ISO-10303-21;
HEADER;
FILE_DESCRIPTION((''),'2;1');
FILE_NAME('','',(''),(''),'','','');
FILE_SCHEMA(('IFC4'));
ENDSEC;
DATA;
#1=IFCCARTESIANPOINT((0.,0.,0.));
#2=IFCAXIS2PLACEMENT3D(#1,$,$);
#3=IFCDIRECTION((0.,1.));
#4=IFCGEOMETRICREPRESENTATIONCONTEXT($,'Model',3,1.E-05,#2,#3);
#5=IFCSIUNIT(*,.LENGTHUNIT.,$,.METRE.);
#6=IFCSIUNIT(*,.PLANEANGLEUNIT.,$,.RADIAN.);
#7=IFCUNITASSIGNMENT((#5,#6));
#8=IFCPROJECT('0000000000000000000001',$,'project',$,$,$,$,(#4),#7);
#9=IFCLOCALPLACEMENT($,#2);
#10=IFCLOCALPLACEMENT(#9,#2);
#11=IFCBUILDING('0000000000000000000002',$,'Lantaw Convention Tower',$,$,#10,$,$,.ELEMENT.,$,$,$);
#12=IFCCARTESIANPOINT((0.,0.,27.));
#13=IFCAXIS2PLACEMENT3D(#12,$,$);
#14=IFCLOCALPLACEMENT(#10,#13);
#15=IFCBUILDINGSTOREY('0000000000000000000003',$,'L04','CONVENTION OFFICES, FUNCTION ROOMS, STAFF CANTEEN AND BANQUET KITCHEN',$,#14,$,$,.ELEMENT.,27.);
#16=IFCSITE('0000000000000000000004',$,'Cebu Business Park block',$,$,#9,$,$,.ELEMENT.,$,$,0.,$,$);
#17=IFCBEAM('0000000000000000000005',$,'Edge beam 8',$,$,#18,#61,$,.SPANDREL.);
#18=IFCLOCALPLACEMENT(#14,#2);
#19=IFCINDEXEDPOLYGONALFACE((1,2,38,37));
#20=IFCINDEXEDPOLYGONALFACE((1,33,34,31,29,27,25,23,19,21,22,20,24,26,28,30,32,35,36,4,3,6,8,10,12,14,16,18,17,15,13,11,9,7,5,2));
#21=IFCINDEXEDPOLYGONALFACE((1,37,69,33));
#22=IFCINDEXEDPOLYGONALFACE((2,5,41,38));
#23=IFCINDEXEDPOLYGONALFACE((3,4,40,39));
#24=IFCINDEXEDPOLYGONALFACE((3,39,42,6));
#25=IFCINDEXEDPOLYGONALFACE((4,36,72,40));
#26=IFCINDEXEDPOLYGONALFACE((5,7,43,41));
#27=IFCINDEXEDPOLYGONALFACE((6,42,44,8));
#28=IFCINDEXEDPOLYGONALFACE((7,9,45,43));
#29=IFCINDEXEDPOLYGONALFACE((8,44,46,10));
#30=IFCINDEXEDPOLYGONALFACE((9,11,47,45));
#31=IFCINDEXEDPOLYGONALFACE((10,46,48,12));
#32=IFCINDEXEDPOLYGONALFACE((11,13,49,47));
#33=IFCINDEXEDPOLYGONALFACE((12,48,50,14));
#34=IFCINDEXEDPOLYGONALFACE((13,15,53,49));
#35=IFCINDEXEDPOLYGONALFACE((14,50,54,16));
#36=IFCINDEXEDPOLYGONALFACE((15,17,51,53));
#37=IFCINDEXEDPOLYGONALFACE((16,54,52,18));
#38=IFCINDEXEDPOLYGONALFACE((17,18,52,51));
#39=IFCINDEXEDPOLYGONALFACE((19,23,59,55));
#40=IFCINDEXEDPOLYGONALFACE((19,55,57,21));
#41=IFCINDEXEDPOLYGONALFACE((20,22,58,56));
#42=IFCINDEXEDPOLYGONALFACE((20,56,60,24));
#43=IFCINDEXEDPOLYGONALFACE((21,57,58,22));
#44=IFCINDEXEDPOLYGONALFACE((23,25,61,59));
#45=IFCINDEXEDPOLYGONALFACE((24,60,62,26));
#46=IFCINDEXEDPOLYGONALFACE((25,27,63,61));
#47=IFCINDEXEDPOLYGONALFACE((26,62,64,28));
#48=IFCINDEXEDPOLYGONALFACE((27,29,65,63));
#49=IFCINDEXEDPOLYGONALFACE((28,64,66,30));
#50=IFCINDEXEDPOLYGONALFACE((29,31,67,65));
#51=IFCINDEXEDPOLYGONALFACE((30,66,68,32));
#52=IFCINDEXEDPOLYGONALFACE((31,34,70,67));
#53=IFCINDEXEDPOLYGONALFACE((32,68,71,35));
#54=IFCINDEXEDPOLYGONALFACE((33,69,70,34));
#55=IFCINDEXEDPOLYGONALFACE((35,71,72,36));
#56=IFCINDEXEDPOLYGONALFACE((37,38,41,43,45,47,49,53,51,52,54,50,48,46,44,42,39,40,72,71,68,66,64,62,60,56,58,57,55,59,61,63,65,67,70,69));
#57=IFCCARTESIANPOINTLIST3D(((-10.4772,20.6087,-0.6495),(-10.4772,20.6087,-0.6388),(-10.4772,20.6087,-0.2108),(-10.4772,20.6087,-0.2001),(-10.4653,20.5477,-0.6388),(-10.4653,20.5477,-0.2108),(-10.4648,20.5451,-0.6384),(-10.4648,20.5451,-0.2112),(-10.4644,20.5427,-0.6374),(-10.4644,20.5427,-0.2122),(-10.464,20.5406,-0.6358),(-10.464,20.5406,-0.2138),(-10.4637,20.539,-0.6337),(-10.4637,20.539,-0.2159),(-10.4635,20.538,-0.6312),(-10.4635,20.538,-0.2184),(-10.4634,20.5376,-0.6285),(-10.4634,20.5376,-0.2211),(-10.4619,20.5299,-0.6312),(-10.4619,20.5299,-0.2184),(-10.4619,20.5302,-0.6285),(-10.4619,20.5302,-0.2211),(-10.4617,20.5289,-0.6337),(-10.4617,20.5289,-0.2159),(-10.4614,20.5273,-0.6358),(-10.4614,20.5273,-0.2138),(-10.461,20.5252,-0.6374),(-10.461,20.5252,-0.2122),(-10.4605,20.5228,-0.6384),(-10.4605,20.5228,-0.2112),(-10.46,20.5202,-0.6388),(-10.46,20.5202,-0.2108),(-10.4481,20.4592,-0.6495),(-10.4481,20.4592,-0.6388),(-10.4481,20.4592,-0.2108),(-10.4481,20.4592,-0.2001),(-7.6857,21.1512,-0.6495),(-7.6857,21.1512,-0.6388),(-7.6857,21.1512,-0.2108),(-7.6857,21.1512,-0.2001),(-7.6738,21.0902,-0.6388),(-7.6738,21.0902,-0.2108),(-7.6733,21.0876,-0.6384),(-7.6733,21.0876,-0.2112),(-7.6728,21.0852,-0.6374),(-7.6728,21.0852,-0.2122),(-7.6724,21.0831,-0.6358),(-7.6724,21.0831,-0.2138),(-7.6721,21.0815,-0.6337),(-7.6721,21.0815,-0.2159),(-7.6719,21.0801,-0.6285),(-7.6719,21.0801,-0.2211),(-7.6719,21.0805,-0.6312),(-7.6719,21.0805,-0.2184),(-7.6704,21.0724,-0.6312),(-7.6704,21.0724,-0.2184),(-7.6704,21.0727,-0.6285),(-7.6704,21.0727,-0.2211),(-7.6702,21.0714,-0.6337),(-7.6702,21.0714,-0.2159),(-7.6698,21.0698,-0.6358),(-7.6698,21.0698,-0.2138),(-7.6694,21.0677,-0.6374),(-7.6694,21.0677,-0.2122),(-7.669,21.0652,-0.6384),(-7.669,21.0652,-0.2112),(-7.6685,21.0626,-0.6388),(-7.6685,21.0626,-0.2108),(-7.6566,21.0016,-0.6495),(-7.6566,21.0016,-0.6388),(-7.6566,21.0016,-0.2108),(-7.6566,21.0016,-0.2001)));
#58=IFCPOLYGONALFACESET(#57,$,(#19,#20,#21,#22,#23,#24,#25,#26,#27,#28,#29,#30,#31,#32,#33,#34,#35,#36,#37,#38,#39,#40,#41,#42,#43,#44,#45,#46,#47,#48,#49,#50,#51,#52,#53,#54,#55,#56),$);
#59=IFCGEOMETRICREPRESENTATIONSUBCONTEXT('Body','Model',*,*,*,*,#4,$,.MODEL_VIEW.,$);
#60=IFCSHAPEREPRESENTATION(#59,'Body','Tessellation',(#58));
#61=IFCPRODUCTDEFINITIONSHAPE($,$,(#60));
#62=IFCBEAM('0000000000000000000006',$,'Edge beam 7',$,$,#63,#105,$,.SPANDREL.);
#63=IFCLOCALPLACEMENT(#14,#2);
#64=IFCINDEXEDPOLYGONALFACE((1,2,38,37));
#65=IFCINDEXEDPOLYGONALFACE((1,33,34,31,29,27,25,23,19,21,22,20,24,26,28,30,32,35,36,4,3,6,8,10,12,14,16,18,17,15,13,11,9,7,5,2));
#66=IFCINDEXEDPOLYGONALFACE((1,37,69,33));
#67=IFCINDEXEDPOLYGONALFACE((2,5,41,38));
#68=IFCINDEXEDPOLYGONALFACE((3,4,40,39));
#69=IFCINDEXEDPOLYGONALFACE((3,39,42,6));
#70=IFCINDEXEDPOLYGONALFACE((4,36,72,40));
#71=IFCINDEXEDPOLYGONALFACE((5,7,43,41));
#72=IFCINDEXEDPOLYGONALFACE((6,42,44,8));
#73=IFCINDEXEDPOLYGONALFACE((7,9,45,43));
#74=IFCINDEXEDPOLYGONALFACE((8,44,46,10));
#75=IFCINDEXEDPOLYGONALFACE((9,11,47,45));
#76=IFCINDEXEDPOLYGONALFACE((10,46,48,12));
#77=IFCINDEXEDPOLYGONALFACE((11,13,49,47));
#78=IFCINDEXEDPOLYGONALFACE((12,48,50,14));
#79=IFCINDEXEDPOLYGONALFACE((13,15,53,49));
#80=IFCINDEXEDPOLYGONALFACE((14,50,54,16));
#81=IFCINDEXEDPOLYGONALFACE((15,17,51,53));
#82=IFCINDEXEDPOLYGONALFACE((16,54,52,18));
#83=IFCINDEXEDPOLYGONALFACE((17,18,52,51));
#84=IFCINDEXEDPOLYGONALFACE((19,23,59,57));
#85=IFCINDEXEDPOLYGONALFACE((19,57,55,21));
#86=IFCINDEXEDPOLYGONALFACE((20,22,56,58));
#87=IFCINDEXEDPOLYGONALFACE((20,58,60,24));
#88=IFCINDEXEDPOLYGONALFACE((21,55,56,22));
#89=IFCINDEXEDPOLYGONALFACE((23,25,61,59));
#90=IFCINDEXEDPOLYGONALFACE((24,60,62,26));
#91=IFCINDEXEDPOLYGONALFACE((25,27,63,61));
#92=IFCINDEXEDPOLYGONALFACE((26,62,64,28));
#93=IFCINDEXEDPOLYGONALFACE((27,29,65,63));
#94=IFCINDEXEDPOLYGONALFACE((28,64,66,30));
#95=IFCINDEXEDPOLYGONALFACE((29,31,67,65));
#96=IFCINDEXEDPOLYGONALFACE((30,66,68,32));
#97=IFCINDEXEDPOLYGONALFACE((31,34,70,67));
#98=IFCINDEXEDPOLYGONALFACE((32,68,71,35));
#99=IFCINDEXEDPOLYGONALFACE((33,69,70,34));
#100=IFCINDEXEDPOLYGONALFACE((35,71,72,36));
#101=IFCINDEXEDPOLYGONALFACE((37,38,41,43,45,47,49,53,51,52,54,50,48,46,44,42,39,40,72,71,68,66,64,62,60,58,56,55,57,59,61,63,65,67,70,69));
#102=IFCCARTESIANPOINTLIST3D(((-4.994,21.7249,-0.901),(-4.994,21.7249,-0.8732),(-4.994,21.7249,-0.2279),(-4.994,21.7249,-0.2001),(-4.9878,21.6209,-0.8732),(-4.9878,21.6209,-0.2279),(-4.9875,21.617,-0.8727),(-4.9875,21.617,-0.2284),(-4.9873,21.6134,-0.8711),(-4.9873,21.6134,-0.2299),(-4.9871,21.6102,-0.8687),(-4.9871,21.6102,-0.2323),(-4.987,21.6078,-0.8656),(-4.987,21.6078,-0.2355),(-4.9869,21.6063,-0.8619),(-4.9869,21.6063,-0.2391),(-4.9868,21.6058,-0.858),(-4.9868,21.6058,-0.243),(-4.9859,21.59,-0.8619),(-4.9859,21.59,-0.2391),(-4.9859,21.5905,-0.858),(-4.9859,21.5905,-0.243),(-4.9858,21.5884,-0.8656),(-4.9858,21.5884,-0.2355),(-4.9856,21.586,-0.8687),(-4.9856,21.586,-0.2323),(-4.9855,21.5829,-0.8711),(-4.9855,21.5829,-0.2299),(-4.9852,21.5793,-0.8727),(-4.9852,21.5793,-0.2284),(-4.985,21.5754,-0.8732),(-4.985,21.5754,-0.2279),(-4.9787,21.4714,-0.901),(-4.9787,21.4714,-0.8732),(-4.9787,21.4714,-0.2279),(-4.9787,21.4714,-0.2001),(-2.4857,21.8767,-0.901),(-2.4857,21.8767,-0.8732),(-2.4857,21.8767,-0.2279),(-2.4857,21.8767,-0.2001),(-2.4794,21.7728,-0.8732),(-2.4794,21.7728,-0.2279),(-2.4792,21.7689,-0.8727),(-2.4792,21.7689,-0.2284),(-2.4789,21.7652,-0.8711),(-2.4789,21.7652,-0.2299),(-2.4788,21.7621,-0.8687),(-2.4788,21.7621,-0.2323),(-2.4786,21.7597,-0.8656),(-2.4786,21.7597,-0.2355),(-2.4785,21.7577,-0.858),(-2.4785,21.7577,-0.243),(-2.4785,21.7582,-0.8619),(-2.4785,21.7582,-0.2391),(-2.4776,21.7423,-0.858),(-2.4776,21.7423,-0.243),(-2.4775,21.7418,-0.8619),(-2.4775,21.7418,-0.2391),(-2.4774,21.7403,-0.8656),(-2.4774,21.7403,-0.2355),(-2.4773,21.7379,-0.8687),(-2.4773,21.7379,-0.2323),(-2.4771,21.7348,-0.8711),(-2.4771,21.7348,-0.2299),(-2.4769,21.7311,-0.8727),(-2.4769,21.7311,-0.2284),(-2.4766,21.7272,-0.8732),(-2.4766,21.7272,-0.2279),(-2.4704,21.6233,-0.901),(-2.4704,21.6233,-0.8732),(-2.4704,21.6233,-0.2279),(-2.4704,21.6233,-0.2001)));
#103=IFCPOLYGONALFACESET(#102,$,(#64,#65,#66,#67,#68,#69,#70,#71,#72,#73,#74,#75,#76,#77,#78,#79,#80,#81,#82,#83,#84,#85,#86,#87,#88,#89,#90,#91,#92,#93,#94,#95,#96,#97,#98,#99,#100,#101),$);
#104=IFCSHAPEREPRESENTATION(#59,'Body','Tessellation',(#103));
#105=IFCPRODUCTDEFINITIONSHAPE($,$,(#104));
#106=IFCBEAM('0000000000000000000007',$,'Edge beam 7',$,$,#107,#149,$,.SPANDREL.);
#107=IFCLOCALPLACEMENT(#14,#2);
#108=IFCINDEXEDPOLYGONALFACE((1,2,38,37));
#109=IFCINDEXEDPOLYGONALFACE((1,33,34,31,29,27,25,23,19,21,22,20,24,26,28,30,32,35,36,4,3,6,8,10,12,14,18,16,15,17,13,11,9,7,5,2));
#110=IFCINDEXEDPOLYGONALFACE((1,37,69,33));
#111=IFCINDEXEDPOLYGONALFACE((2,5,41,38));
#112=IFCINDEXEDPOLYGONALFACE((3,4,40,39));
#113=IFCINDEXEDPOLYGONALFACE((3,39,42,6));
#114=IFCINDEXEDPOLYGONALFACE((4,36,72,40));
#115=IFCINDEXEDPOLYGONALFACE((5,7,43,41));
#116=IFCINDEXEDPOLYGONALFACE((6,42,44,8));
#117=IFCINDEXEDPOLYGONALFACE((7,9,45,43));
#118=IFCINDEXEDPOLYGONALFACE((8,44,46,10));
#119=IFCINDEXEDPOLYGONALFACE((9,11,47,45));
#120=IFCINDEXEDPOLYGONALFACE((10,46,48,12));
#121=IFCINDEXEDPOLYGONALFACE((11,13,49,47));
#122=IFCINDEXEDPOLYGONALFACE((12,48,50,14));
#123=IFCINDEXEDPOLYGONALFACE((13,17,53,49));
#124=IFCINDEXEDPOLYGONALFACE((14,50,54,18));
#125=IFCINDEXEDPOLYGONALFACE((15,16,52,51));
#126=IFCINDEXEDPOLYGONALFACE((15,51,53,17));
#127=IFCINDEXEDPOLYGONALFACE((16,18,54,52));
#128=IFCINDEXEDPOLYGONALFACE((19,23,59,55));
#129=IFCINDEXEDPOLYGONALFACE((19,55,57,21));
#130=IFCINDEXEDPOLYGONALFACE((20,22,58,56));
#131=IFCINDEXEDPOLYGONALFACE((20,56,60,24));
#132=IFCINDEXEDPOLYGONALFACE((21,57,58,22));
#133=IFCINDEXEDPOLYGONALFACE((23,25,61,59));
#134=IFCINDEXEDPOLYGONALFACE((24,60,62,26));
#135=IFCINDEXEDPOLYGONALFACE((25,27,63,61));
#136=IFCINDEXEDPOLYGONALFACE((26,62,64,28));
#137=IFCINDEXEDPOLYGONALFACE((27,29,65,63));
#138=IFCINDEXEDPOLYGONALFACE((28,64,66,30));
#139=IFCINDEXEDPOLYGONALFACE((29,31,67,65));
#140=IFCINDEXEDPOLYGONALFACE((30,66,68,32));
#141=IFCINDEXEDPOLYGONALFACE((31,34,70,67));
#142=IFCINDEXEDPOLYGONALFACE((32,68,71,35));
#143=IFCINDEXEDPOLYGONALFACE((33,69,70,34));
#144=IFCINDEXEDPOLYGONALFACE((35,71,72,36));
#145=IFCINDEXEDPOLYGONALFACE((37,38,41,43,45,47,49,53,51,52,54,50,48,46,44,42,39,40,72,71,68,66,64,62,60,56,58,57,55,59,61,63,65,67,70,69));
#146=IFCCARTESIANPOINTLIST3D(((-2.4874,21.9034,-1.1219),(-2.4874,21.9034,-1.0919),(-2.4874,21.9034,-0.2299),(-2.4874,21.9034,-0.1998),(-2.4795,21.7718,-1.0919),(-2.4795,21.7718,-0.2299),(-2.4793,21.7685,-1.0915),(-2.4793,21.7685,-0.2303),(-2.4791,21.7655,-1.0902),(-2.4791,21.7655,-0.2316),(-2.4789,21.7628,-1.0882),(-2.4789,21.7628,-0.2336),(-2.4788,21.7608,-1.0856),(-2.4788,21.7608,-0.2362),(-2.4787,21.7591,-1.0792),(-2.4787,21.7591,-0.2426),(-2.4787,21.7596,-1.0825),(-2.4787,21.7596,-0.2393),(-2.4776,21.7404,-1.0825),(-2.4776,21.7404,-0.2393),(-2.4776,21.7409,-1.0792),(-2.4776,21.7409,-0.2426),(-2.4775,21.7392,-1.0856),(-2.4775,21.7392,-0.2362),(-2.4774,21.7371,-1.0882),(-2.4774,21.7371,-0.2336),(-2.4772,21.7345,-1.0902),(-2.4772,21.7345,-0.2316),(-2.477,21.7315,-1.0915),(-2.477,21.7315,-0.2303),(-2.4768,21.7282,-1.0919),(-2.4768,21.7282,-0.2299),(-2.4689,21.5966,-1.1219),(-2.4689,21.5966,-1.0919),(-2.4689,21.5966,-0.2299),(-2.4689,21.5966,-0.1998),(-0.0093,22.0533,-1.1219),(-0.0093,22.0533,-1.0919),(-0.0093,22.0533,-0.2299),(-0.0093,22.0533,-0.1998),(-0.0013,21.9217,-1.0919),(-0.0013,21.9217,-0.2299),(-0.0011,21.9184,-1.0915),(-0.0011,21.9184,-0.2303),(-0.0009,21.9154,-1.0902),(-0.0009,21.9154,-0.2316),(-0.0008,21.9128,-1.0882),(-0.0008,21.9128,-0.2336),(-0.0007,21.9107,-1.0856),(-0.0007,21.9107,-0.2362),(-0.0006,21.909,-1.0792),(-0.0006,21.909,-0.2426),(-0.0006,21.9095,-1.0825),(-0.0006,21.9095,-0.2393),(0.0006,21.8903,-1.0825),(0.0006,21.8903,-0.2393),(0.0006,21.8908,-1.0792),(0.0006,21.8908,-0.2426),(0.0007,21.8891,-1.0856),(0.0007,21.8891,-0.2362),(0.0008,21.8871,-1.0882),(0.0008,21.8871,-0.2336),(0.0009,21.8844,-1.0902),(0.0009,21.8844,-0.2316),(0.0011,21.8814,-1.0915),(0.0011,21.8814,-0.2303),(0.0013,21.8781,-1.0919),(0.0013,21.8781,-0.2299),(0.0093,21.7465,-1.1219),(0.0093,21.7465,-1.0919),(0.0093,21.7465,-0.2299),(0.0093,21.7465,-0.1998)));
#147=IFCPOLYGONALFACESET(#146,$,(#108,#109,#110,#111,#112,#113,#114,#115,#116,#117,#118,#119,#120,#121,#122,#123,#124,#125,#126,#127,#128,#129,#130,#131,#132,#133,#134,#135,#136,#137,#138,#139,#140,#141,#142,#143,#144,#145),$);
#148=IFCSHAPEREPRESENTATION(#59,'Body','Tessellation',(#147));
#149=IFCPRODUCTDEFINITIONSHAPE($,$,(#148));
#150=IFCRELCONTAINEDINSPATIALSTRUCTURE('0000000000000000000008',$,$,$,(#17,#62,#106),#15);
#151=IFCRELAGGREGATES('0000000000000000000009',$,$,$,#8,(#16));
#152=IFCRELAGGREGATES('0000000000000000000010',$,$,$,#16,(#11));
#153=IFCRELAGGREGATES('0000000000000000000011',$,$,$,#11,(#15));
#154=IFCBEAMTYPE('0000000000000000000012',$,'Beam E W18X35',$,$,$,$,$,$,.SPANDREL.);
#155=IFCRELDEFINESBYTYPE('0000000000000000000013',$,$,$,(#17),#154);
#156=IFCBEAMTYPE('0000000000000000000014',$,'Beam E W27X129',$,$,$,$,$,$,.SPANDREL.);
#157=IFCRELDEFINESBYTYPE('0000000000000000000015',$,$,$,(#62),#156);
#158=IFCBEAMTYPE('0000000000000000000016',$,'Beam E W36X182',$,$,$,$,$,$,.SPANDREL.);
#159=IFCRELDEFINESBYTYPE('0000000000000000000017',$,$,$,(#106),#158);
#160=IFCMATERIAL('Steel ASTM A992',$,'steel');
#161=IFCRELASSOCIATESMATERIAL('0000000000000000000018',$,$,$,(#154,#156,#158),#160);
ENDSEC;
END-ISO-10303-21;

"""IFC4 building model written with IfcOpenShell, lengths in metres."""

from ifc_helpers import new_model, si_unit, direction, frame, origin, origin_2d, place, context, subcontext, project, spatial, i_section, extrude, material, material_profile, profile_set, type_object, element, save


model = new_model("IFC4")

# Units and contexts
model_context = context("Model", 3, precision=1e-05, world=origin(), true_north=direction((0.0, 1.0)))
body_context = subcontext(model_context, "Body", "Model", "MODEL_VIEW")
ifc_project = project(units=[si_unit("LENGTHUNIT", "METRE"), si_unit("PLANEANGLEUNIT", "RADIAN")], contexts=[model_context])

# Site, building, storey
site_placement = place(None, origin())
site = spatial("IfcSite", under=ifc_project, at=site_placement, Name="Cebu Business Park block", CompositionType="ELEMENT", RefElevation=0.0)
building_placement = place(site_placement, origin())
building = spatial("IfcBuilding", under=site, at=building_placement, Name="Lantaw Convention Tower", CompositionType="ELEMENT")
storey_placement = place(building_placement, frame((0.0, 0.0, 27.0)))
storey = spatial("IfcBuildingStorey", under=building, at=storey_placement, Name="L04", Description="CONVENTION OFFICES, FUNCTION ROOMS, STAFF CANTEEN AND BANQUET KITCHEN", CompositionType="ELEMENT", Elevation=27.0)

# Beams
ifc_material_1 = material(Name="Steel ASTM A992", Category="steel")
ifc_material_profile_1 = material_profile(ifc_material_1, i_section(OverallWidth=0.1523, OverallDepth=0.4495, WebThickness=0.0076, FlangeThickness=0.0107, FilletRadius=0.0103, at=origin_2d()), Name="W18X35")
ifc_profile_set_1 = profile_set([ifc_material_profile_1], Name="Steel ASTM A992")
beam_type_1 = type_object("IfcBeamType", Name="Beam E W18X35", PredefinedType="SPANDREL", material=ifc_profile_set_1)
beam_1_placement = place(storey_placement, frame((-7.6711, 21.0764, -0.4248), z_axis=(-0.981636, -0.190764, 0.0), x_axis=(0.190764, -0.981636, 0.0)))
element("IfcBeam", 1, at=beam_1_placement, inside=storey, type_object=beam_type_1, Name="Edge beam 8", PredefinedType="SPANDREL", context=body_context, shape_type="SweptSolid", body=[
    extrude(i_section(OverallWidth=0.1523, OverallDepth=0.4495, WebThickness=0.0076, FlangeThickness=0.0107, FilletRadius=0.0103, at=origin_2d()), origin(), (0.0, 0.0, 1.0), 2.8438),
])
ifc_material_profile_2 = material_profile(ifc_material_1, i_section(OverallWidth=0.2539, OverallDepth=0.7009, WebThickness=0.0154, FlangeThickness=0.0278, FilletRadius=0.0151, at=origin_2d()), Name="W27X129")
ifc_profile_set_2 = profile_set([ifc_material_profile_2], Name="Steel ASTM A992")
beam_type_2 = type_object("IfcBeamType", Name="Beam E W27X129", PredefinedType="SPANDREL", material=ifc_profile_set_2)
beam_2_placement = place(storey_placement, frame((-2.478, 21.75, -0.5505), z_axis=(-0.998172, -0.060431, 0.0), x_axis=(0.060431, -0.998172, 0.0)))
element("IfcBeam", 2, at=beam_2_placement, inside=storey, type_object=beam_type_2, Name="Edge beam 7", PredefinedType="SPANDREL", context=body_context, shape_type="SweptSolid", body=[
    extrude(i_section(OverallWidth=0.2539, OverallDepth=0.7009, WebThickness=0.0154, FlangeThickness=0.0278, FilletRadius=0.0151, at=origin_2d()), origin(), (0.0, 0.0, 1.0), 2.5129),
])
ifc_material_profile_3 = material_profile(ifc_material_1, i_section(OverallWidth=0.3074, OverallDepth=0.9221, WebThickness=0.0183, FlangeThickness=0.03, FilletRadius=0.0127, at=origin_2d()), Name="W36X182")
ifc_profile_set_3 = profile_set([ifc_material_profile_3], Name="Steel ASTM A992")
beam_type_3 = type_object("IfcBeamType", Name="Beam E W36X182", PredefinedType="SPANDREL", material=ifc_profile_set_3)
beam_3_placement = place(storey_placement, frame((0.0, 21.8999, -0.6609), z_axis=(-0.998175, -0.060382, 0.0), x_axis=(0.060382, -0.998175, 0.0)))
element("IfcBeam", 3, at=beam_3_placement, inside=storey, type_object=beam_type_3, Name="Edge beam 7", PredefinedType="SPANDREL", context=body_context, shape_type="SweptSolid", body=[
    extrude(i_section(OverallWidth=0.3074, OverallDepth=0.9221, WebThickness=0.0183, FlangeThickness=0.03, FilletRadius=0.0127, at=origin_2d()), origin(), (0.0, 0.0, 1.0), 2.4827),
])

save(model, "model.ifc")
